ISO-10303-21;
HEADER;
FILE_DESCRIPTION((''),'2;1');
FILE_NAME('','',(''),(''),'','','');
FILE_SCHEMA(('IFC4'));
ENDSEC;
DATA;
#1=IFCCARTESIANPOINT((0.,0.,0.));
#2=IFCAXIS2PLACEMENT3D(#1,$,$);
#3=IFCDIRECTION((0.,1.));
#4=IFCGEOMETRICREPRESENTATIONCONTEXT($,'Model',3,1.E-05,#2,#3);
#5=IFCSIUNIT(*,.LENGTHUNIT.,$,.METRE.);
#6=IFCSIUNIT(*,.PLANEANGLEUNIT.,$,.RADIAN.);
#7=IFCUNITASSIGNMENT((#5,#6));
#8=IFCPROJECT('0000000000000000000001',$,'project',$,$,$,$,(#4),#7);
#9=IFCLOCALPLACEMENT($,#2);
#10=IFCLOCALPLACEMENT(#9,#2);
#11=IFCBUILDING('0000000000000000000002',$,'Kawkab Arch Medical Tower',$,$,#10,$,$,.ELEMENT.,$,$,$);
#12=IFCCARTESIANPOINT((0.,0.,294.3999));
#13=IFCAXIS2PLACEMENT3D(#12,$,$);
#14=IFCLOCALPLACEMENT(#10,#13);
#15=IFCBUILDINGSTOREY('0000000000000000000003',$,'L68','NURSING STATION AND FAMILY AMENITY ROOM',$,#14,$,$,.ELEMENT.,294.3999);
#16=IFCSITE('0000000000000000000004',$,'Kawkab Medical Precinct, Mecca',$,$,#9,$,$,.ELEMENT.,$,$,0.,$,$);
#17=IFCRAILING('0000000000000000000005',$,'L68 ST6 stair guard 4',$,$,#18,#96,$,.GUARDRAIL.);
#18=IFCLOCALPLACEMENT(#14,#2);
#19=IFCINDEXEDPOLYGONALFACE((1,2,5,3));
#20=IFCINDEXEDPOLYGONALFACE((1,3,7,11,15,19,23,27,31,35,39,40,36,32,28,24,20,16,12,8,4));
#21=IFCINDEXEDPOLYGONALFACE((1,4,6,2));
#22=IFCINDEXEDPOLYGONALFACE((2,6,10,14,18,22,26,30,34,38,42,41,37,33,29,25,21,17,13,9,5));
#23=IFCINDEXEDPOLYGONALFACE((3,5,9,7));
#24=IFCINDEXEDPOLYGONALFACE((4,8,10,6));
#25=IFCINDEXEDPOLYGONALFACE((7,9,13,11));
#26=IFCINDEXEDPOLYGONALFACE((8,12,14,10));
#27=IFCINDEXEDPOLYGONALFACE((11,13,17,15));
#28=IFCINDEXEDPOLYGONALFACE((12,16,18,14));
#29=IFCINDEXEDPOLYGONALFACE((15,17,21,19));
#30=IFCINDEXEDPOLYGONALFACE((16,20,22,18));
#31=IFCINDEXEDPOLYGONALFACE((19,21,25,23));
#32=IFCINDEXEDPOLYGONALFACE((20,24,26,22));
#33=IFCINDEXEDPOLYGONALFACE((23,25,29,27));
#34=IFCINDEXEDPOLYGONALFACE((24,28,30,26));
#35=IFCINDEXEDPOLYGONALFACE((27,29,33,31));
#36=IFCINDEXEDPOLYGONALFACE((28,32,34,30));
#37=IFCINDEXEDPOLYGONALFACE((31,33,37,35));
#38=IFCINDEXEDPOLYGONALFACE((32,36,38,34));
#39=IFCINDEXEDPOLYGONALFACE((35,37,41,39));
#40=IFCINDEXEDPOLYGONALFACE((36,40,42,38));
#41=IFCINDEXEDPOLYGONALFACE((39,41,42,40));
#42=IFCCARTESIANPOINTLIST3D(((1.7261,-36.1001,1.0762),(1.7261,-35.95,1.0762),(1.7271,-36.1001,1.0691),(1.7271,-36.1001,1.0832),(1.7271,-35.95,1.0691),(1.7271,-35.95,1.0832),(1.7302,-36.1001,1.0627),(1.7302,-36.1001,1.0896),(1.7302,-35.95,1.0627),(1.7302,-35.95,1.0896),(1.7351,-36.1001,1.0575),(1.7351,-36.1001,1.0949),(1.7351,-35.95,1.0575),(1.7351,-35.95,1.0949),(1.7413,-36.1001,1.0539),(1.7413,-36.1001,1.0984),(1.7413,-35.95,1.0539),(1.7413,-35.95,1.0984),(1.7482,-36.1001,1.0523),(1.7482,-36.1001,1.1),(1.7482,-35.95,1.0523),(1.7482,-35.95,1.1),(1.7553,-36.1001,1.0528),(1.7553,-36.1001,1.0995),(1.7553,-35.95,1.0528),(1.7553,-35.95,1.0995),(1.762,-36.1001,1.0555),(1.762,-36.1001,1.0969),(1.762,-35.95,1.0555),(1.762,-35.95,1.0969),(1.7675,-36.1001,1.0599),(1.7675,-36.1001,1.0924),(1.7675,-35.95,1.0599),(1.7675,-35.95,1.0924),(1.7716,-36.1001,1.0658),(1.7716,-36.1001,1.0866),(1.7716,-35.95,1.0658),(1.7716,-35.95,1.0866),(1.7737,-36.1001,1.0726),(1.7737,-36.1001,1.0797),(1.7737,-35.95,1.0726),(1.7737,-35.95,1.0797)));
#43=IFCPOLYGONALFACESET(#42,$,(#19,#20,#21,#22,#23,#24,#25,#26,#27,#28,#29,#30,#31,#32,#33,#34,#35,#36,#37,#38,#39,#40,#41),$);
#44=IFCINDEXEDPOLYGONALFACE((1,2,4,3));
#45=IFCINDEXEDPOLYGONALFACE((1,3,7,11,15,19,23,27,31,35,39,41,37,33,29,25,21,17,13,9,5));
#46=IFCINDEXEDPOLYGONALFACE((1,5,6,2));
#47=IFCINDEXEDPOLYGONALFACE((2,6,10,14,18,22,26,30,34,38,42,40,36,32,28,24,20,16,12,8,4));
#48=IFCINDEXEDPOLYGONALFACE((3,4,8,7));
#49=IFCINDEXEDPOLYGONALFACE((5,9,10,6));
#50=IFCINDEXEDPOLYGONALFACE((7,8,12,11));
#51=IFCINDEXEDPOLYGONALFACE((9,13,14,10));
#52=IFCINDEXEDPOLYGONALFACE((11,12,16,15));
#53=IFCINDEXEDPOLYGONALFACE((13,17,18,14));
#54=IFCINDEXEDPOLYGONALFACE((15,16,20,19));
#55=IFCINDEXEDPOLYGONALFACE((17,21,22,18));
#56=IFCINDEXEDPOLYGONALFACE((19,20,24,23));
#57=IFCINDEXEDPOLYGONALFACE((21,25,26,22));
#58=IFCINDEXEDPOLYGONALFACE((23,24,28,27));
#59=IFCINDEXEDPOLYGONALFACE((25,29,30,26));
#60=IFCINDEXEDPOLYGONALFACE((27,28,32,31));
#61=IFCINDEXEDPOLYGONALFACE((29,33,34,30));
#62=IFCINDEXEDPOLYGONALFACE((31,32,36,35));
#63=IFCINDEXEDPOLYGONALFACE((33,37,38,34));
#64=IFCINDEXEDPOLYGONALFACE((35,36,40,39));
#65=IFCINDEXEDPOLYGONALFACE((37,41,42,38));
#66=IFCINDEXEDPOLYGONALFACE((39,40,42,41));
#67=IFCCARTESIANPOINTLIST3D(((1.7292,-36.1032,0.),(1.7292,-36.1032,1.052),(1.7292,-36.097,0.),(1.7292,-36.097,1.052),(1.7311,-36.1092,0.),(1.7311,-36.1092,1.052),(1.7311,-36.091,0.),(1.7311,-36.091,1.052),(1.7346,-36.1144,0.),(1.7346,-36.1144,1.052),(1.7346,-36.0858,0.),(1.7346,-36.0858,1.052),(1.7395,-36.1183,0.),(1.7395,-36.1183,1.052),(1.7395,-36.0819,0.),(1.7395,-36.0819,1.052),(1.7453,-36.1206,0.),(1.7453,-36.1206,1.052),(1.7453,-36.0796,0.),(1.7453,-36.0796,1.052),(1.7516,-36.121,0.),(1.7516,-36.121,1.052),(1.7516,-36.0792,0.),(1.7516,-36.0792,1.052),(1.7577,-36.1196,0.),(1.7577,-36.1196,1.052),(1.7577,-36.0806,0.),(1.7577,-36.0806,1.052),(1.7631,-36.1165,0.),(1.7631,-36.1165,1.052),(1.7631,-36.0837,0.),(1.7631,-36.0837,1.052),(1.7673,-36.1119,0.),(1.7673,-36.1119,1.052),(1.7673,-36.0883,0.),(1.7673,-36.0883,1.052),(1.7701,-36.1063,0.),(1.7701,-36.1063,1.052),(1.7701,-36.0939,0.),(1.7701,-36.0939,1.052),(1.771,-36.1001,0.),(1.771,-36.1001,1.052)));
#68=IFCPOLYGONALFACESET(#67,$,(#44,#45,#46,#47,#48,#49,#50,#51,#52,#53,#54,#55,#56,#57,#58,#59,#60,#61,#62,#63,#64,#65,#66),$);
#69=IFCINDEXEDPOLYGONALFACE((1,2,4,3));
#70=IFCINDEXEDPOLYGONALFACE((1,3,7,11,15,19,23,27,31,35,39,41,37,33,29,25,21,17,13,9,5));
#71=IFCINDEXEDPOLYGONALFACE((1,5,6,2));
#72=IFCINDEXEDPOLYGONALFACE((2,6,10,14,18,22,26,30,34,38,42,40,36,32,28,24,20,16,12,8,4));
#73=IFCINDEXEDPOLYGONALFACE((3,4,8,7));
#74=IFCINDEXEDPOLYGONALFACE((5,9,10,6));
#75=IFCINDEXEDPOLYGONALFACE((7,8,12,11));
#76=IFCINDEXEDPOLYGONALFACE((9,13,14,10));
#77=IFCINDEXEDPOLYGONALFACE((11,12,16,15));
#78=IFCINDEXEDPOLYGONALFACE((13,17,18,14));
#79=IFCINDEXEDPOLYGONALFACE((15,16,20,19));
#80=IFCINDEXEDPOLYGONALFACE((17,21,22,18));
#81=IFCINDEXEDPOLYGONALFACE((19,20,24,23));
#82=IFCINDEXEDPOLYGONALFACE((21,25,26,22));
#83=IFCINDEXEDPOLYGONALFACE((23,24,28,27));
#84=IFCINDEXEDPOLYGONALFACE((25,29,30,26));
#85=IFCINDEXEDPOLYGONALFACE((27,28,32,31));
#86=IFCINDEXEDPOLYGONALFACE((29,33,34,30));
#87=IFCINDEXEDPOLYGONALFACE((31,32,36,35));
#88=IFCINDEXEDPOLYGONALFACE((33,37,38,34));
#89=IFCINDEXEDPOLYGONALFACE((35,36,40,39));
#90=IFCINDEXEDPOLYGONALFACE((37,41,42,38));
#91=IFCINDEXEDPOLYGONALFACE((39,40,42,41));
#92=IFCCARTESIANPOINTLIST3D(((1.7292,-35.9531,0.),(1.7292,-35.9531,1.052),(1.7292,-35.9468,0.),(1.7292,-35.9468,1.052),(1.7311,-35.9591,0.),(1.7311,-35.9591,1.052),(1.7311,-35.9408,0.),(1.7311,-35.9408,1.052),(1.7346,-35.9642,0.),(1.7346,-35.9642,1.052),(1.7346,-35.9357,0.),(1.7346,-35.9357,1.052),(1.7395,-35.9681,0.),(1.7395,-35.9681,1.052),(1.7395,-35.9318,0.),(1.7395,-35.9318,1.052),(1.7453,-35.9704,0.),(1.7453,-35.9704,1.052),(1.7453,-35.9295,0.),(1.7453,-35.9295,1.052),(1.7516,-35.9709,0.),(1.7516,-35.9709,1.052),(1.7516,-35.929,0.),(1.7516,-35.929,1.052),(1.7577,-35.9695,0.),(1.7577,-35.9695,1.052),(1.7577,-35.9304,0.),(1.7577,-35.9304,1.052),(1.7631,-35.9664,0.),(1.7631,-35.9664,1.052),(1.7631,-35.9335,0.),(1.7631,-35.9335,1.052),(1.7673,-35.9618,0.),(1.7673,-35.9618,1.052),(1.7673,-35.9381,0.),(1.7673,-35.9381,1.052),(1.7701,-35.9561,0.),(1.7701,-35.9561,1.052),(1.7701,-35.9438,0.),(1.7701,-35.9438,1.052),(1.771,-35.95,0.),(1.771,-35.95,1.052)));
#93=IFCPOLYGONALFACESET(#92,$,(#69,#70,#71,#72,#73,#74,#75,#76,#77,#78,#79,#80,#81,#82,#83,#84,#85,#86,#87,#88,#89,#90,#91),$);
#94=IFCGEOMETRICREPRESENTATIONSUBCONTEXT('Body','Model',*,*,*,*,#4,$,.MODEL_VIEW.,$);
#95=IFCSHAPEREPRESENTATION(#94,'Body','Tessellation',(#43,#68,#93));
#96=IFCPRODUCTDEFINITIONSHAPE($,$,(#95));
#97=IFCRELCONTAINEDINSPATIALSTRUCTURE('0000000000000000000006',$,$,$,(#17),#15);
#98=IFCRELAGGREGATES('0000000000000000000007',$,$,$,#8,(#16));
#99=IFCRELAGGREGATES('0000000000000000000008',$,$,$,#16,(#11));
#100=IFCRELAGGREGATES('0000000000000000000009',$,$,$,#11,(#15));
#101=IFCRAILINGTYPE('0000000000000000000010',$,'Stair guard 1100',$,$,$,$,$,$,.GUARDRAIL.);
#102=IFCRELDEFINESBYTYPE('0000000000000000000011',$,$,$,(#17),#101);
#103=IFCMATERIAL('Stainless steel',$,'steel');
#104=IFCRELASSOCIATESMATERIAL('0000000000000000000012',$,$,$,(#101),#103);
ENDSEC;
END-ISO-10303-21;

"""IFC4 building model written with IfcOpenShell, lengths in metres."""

from ifc_helpers import new_model, si_unit, direction, frame, origin, origin_2d, place, context, subcontext, project, spatial, circle, extrude, material, type_object, element, save


model = new_model("IFC4")

# Units and contexts
model_context = context("Model", 3, precision=1e-05, world=origin(), true_north=direction((0.0, 1.0)))
body_context = subcontext(model_context, "Body", "Model", "MODEL_VIEW")
ifc_project = project(units=[si_unit("LENGTHUNIT", "METRE"), si_unit("PLANEANGLEUNIT", "RADIAN")], contexts=[model_context])

# Site, building, storey
site_placement = place(None, origin())
site = spatial("IfcSite", under=ifc_project, at=site_placement, Name="Kawkab Medical Precinct, Mecca", CompositionType="ELEMENT", RefElevation=0.0)
building_placement = place(site_placement, origin())
building = spatial("IfcBuilding", under=site, at=building_placement, Name="Kawkab Arch Medical Tower", CompositionType="ELEMENT")
storey_placement = place(building_placement, frame((0.0, 0.0, 294.3999)))
storey = spatial("IfcBuildingStorey", under=building, at=storey_placement, Name="L68", Description="NURSING STATION AND FAMILY AMENITY ROOM", CompositionType="ELEMENT", Elevation=294.3999)

# Railing
ifc_material_1 = material(Name="Stainless steel", Category="steel")
railing_type = type_object("IfcRailingType", Name="Stair guard 1100", PredefinedType="GUARDRAIL", material=ifc_material_1)
railing_1_placement = place(storey_placement, frame((1.75, -36.1001, 0.0)))
element("IfcRailing", 1, at=railing_1_placement, inside=storey, type_object=railing_type, Name="L68 ST6 stair guard 4", PredefinedType="GUARDRAIL", context=body_context, shape_type="SweptSolid", body=[
    extrude(circle(Radius=0.0239, at=origin_2d()), frame((0.0, 0.0, 1.0762), z_axis=(0.0, 1.0, 0.0), x_axis=(-1.0, 0.0, 0.0)), (0.0, 0.0, 1.0), 0.1501),
    extrude(circle(Radius=0.021, at=origin_2d()), origin(), (0.0, 0.0, 1.0), 1.052),
    extrude(circle(Radius=0.021, at=origin_2d()), frame((0.0, 0.1501, 0.0)), (0.0, 0.0, 1.0), 1.052),
])

save(model, "model.ifc")
